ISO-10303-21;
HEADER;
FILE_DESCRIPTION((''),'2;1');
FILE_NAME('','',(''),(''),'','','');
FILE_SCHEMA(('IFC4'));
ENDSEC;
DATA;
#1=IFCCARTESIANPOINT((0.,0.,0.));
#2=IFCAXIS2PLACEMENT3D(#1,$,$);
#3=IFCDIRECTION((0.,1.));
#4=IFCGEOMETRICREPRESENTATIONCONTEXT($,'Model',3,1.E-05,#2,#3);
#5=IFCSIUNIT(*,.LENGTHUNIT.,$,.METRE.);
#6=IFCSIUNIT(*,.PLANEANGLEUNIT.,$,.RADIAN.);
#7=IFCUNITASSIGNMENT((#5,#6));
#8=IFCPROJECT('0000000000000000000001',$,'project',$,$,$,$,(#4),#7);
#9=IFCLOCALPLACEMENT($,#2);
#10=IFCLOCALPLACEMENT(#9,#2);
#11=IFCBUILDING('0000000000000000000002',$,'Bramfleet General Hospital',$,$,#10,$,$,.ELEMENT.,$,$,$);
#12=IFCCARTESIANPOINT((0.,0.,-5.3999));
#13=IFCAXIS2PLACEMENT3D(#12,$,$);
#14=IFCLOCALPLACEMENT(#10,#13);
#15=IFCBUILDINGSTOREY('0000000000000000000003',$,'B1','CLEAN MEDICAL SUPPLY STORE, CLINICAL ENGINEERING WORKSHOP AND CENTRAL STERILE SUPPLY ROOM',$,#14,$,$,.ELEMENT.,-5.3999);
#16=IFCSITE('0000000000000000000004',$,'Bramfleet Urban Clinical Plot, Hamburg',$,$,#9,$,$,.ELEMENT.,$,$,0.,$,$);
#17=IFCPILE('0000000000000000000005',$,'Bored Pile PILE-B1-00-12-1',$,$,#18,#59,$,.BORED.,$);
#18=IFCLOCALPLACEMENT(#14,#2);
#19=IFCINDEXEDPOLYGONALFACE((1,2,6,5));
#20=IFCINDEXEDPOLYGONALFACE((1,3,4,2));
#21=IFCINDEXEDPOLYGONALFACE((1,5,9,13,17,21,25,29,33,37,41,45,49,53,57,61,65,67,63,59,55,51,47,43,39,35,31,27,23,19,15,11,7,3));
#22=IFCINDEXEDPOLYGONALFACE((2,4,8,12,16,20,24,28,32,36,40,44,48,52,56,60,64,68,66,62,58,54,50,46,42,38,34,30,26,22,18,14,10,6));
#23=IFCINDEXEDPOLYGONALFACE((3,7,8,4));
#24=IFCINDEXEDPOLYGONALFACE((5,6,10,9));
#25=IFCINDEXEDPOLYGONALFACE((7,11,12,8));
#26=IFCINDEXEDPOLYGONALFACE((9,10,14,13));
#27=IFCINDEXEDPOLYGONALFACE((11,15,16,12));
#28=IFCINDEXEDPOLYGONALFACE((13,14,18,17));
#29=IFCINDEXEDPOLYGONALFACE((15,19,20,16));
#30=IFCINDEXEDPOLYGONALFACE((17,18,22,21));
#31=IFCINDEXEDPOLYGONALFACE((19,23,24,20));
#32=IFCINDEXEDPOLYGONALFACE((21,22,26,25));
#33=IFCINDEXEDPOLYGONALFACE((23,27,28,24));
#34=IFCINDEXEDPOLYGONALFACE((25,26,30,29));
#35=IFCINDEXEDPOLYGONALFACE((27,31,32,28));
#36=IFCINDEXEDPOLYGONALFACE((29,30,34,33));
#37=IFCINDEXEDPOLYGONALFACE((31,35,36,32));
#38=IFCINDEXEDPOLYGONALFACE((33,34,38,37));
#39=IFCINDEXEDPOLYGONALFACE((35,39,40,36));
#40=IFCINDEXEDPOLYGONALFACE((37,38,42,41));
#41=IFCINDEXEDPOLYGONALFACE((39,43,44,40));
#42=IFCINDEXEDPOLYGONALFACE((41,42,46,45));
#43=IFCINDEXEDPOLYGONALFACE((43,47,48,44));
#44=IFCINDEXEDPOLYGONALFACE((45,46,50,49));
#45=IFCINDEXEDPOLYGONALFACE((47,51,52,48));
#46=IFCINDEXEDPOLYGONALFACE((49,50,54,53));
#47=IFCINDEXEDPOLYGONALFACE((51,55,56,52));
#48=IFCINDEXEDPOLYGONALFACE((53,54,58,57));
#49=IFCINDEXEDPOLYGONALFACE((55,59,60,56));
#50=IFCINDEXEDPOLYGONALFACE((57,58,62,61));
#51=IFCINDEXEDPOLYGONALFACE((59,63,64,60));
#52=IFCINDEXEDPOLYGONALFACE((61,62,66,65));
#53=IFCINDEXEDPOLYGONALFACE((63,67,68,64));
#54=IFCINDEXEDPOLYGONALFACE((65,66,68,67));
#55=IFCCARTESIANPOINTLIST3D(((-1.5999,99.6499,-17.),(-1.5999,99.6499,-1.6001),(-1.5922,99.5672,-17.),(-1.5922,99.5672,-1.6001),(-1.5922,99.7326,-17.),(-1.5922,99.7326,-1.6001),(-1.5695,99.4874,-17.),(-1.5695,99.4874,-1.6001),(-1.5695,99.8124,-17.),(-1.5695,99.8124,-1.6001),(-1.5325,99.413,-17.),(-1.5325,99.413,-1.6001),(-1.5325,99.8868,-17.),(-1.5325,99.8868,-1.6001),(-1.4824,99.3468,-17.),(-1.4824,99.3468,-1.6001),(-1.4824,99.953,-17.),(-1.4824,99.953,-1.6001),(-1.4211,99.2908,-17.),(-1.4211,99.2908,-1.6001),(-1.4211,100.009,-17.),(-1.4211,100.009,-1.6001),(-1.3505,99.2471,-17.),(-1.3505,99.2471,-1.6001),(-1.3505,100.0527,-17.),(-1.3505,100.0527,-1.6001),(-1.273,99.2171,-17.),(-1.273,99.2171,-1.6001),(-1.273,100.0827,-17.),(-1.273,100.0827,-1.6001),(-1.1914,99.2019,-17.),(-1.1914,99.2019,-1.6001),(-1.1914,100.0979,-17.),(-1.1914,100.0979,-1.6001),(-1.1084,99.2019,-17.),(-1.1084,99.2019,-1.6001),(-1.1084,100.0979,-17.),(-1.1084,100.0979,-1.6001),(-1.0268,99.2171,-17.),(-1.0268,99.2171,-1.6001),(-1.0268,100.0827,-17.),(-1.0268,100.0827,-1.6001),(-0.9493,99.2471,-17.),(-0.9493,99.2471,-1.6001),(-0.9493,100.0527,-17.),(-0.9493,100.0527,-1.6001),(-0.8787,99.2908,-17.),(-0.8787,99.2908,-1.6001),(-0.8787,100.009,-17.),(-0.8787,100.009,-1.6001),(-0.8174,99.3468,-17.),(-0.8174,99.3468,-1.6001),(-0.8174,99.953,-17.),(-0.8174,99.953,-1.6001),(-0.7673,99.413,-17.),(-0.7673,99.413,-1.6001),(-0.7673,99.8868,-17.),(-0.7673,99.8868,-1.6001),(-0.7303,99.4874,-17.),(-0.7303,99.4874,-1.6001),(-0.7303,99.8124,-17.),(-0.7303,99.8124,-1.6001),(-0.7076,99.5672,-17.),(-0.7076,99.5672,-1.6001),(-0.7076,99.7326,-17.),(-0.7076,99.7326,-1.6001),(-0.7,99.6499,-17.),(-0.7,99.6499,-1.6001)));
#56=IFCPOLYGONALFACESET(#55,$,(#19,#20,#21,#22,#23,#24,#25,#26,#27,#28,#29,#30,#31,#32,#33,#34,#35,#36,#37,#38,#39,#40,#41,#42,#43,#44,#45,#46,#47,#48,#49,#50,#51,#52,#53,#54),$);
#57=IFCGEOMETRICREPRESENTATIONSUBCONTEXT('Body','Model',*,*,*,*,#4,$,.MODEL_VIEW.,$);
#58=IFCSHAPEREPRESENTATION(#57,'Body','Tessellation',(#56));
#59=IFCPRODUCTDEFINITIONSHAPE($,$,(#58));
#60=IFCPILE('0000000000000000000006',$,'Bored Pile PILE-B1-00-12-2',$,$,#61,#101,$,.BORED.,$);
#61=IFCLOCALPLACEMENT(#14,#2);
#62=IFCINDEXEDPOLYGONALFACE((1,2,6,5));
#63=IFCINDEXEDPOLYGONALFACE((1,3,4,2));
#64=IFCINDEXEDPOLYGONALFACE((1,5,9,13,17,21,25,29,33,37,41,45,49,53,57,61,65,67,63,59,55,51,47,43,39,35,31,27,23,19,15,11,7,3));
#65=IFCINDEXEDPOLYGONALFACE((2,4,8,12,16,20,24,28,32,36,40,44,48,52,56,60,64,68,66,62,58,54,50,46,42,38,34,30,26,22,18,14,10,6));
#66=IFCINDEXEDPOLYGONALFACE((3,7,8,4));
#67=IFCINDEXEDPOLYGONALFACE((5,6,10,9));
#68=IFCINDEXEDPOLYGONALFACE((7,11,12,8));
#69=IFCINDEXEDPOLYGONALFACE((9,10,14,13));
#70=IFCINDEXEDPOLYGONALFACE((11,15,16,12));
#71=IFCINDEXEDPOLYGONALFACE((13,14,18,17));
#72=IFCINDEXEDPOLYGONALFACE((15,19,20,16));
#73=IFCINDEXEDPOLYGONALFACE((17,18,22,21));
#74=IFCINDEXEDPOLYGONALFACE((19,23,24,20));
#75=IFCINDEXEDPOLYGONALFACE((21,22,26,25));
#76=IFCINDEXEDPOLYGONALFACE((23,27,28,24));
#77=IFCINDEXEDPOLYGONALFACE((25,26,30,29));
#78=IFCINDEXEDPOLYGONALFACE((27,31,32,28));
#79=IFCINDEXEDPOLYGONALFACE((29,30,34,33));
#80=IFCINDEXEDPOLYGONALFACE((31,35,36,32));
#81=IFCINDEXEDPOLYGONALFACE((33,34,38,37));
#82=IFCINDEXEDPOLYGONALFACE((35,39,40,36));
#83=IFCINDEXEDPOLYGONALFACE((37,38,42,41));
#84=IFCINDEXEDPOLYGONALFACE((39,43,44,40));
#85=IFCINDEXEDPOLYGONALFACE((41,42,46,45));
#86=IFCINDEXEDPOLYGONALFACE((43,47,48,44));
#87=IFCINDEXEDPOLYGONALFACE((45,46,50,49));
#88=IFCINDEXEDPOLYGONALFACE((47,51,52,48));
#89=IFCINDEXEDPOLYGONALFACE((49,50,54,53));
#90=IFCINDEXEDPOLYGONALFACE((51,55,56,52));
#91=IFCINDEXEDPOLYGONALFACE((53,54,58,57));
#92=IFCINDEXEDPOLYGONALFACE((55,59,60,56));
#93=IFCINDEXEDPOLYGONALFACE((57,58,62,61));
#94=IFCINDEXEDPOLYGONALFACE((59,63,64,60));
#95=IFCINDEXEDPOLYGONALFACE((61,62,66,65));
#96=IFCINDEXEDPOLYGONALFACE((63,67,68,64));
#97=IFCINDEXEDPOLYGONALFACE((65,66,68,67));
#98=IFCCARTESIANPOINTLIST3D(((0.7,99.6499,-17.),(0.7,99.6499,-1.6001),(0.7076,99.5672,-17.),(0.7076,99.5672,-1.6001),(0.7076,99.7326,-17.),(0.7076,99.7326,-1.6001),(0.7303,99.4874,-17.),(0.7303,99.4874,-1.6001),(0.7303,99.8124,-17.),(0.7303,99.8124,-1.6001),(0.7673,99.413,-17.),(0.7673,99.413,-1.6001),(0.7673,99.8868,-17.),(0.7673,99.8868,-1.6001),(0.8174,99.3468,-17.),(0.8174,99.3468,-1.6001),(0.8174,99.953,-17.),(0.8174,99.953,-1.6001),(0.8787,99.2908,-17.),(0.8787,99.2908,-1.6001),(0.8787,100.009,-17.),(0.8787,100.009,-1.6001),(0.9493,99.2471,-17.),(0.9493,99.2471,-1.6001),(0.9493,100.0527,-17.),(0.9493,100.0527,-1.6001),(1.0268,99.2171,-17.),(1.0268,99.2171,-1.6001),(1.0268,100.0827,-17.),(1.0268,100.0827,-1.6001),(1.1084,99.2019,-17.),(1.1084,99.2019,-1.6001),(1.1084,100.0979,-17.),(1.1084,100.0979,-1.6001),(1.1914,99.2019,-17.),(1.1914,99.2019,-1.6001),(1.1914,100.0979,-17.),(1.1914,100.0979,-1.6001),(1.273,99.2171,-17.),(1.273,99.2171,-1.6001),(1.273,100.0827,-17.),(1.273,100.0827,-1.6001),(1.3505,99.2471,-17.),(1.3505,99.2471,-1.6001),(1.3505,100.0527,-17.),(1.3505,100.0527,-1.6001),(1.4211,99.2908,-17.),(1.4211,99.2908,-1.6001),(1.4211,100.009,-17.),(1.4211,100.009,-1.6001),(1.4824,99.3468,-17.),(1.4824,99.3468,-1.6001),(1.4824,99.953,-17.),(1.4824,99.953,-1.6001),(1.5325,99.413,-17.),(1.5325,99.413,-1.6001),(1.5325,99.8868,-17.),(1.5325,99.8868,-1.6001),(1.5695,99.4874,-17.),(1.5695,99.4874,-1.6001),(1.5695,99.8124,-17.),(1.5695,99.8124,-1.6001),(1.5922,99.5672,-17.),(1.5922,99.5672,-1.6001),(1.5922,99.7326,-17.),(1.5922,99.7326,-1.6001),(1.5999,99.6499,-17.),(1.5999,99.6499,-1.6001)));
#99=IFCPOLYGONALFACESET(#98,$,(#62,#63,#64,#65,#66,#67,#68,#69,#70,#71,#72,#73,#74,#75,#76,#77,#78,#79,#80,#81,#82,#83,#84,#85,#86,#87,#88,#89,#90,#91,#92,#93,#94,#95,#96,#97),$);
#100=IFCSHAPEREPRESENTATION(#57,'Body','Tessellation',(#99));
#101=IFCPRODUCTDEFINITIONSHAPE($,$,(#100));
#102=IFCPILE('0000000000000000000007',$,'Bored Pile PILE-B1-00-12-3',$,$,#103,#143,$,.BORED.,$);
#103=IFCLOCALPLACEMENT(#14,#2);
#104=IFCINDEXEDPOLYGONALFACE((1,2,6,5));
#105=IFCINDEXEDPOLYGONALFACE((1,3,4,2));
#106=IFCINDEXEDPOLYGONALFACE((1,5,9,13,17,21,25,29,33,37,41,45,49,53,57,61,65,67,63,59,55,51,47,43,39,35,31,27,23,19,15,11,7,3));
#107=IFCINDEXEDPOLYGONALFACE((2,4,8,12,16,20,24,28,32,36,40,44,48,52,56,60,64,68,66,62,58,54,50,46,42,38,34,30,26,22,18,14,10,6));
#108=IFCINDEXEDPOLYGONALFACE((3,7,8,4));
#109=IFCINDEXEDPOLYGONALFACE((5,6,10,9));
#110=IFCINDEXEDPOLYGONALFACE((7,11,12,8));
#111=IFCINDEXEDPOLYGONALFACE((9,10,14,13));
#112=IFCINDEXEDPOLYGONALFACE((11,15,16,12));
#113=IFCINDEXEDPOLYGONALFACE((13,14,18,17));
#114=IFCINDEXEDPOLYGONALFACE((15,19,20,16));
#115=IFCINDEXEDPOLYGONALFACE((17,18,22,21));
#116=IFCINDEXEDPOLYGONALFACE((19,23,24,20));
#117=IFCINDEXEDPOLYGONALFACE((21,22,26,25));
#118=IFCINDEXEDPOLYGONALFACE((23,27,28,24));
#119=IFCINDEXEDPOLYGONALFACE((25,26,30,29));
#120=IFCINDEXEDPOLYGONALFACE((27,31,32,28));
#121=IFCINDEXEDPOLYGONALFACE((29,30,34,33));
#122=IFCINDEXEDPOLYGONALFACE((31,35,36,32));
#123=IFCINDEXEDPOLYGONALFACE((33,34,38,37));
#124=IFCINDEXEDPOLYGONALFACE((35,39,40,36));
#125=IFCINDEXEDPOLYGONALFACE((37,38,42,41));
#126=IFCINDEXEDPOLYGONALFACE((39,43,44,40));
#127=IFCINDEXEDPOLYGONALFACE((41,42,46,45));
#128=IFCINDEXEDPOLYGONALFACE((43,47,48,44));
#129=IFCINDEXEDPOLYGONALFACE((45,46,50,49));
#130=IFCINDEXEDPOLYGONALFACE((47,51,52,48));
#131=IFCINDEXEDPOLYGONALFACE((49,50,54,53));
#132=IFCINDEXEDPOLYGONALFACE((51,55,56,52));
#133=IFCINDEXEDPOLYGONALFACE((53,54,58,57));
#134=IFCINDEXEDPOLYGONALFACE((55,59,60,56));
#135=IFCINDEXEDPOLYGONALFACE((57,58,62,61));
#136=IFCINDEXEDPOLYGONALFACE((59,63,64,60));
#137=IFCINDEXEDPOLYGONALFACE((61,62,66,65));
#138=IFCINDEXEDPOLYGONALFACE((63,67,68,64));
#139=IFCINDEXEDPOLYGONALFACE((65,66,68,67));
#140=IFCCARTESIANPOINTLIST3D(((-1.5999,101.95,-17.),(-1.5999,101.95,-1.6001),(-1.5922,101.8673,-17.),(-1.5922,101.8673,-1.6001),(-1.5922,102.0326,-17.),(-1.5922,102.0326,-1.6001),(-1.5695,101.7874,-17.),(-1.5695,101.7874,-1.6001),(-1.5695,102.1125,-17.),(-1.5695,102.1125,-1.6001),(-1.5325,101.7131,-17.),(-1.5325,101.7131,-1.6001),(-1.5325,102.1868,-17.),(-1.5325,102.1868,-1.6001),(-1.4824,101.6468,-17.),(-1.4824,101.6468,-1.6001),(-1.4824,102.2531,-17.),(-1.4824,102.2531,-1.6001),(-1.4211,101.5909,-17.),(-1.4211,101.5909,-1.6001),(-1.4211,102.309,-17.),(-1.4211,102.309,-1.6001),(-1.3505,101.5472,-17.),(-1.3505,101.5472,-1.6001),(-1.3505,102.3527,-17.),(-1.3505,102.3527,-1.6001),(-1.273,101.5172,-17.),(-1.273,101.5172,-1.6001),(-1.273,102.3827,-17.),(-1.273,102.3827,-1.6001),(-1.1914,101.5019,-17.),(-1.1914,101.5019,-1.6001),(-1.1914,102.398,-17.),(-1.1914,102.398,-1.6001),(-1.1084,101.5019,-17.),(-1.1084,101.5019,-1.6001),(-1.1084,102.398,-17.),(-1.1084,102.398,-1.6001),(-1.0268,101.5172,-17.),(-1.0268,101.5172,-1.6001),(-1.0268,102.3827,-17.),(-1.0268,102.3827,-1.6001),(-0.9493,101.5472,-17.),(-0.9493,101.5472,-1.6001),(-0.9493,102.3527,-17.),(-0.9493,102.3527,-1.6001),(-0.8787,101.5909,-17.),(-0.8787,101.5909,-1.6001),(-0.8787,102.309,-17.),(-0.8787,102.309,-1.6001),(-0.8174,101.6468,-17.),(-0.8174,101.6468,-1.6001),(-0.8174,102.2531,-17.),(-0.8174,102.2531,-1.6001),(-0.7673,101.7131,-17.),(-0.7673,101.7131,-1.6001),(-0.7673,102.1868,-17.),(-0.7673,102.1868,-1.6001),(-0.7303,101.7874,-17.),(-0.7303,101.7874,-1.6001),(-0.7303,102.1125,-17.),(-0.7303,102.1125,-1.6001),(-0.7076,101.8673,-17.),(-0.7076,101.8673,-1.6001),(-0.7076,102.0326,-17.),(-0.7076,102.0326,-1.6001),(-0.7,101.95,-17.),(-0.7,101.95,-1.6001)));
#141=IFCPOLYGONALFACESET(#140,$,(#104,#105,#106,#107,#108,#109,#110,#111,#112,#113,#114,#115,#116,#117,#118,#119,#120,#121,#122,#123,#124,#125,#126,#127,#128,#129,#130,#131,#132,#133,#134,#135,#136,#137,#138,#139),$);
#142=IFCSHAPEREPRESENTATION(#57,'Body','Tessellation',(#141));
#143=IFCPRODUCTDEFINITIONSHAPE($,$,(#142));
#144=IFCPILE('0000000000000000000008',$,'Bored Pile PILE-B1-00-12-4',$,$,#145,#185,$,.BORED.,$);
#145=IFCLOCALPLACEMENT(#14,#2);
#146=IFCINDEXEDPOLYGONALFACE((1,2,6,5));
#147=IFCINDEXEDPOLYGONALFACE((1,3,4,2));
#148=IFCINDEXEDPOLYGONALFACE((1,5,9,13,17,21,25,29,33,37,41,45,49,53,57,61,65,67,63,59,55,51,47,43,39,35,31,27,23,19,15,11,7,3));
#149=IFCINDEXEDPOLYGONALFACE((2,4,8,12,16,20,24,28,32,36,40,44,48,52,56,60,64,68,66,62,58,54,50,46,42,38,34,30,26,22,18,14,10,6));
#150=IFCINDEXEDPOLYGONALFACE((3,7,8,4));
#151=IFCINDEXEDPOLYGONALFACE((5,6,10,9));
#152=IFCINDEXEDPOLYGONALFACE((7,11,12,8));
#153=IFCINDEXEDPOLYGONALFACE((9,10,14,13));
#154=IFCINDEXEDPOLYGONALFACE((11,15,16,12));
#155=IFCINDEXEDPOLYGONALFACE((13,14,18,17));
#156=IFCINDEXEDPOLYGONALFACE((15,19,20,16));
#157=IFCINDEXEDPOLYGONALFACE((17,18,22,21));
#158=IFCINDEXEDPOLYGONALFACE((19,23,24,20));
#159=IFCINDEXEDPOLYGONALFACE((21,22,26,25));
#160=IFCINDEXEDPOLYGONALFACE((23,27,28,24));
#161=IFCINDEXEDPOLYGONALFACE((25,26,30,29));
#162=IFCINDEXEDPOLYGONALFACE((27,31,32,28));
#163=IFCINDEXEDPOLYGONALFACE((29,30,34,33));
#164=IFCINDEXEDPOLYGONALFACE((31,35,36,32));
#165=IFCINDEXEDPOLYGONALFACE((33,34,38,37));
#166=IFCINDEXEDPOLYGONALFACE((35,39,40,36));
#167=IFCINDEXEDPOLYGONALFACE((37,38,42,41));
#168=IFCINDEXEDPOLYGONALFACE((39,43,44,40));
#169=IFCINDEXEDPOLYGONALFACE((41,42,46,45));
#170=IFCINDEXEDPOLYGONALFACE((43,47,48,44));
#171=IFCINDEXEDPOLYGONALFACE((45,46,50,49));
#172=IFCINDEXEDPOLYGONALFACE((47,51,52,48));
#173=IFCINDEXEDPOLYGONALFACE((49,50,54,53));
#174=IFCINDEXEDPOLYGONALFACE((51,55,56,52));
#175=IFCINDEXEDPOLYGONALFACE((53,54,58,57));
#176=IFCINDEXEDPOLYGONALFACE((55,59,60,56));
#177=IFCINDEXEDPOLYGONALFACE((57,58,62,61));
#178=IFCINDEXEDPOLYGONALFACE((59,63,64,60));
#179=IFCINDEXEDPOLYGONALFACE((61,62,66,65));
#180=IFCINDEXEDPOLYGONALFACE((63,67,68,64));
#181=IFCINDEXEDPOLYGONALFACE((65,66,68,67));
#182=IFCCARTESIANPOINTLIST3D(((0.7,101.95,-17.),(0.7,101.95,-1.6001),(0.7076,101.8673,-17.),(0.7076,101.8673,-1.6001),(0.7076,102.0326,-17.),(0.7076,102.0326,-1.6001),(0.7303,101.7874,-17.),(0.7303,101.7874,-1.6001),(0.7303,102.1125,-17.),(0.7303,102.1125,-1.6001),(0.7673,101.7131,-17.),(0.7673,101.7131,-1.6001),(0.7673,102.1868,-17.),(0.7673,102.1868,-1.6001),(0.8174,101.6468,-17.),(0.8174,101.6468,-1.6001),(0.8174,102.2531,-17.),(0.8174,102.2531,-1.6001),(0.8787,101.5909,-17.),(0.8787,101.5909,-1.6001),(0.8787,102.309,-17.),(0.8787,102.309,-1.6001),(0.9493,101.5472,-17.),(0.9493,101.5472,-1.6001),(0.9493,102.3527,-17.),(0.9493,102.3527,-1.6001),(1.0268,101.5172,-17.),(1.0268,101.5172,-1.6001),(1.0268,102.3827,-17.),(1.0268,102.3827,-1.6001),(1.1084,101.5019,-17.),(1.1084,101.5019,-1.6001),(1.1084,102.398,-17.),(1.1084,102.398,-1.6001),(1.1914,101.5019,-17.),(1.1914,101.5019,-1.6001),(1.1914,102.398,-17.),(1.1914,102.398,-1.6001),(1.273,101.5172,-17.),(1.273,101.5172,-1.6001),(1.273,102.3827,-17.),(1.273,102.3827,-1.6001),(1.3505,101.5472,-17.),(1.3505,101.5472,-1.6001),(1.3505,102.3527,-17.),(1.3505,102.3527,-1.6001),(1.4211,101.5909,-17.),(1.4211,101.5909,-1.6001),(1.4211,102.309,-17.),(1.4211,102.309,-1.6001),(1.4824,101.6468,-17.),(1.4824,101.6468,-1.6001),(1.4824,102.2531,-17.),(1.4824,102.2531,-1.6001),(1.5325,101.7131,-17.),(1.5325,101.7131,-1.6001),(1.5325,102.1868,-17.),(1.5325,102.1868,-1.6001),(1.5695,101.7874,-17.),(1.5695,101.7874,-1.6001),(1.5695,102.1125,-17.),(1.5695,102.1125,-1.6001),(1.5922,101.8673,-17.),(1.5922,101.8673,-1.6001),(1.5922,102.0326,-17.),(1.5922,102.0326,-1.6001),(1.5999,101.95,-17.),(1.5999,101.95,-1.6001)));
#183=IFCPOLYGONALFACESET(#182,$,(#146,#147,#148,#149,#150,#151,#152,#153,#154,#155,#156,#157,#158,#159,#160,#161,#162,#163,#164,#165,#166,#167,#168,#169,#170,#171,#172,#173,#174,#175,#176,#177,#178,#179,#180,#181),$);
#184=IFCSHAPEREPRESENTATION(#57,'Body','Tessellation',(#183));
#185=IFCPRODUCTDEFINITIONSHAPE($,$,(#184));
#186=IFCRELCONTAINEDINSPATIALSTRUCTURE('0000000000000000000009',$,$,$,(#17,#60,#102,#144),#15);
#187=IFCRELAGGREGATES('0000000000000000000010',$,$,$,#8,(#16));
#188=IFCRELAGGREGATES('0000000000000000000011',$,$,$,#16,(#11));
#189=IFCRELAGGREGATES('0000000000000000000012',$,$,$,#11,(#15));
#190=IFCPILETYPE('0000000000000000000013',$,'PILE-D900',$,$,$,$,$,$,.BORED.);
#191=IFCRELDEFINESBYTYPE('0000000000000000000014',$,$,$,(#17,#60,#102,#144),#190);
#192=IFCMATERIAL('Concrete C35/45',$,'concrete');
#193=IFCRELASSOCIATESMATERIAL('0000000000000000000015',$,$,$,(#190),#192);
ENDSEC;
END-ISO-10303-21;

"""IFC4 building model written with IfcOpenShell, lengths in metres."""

from ifc_helpers import new_model, si_unit, direction, frame, origin, origin_2d, place, context, subcontext, project, spatial, circle, extrude, material, material_profile, profile_set, type_object, element, save


model = new_model("IFC4")

# Units and contexts
model_context = context("Model", 3, precision=1e-05, world=origin(), true_north=direction((0.0, 1.0)))
body_context = subcontext(model_context, "Body", "Model", "MODEL_VIEW")
ifc_project = project(units=[si_unit("LENGTHUNIT", "METRE"), si_unit("PLANEANGLEUNIT", "RADIAN")], contexts=[model_context])

# Site, building, storey
site_placement = place(None, origin())
site = spatial("IfcSite", under=ifc_project, at=site_placement, Name="Bramfleet Urban Clinical Plot, Hamburg", CompositionType="ELEMENT", RefElevation=0.0)
building_placement = place(site_placement, origin())
building = spatial("IfcBuilding", under=site, at=building_placement, Name="Bramfleet General Hospital", CompositionType="ELEMENT")
storey_placement = place(building_placement, frame((0.0, 0.0, -5.3999)))
storey = spatial("IfcBuildingStorey", under=building, at=storey_placement, Name="B1", Description="CLEAN MEDICAL SUPPLY STORE, CLINICAL ENGINEERING WORKSHOP AND CENTRAL STERILE SUPPLY ROOM", CompositionType="ELEMENT", Elevation=-5.3999)

# Shared definitions
ifc_material_1 = material(Name="Concrete C35/45", Category="concrete")

# Piles
ifc_material_profile_1 = material_profile(ifc_material_1, circle(Radius=0.45, at=origin_2d()), Name="PILE BORED D900")
ifc_profile_set_1 = profile_set([ifc_material_profile_1], Name="Concrete C35/45")
pile_type = type_object("IfcPileType", Name="PILE-D900", PredefinedType="BORED", material=ifc_profile_set_1)
for number, where, z_axis, x_axis, name in (
    (1, (-1.1499, 99.6499, -1.6001), (0.0, 0.0, -1.0), (1.0, 0.0, 0.0), "Bored Pile PILE-B1-00-12-1"),
    (2, (1.1499, 99.6499, -1.6001), (0.0, 0.0, -1.0), (1.0, 0.0, 0.0), "Bored Pile PILE-B1-00-12-2"),
    (3, (-1.1499, 101.95, -1.6001), (0.0, 0.0, -1.0), (1.0, 0.0, 0.0), "Bored Pile PILE-B1-00-12-3"),
    (4, (1.1499, 101.95, -1.6001), (0.0, 0.0, -1.0), (1.0, 0.0, 0.0), "Bored Pile PILE-B1-00-12-4"),
):
    element("IfcPile", number, at=place(storey_placement, frame(where, z_axis=z_axis, x_axis=x_axis)), inside=storey, type_object=pile_type, Name=name, PredefinedType="BORED", context=body_context, shape_type="SweptSolid", body=[
        extrude(circle(Radius=0.45, at=origin_2d()), origin(), (0.0, 0.0, 1.0), 15.3999),
    ])

save(model, "model.ifc")
